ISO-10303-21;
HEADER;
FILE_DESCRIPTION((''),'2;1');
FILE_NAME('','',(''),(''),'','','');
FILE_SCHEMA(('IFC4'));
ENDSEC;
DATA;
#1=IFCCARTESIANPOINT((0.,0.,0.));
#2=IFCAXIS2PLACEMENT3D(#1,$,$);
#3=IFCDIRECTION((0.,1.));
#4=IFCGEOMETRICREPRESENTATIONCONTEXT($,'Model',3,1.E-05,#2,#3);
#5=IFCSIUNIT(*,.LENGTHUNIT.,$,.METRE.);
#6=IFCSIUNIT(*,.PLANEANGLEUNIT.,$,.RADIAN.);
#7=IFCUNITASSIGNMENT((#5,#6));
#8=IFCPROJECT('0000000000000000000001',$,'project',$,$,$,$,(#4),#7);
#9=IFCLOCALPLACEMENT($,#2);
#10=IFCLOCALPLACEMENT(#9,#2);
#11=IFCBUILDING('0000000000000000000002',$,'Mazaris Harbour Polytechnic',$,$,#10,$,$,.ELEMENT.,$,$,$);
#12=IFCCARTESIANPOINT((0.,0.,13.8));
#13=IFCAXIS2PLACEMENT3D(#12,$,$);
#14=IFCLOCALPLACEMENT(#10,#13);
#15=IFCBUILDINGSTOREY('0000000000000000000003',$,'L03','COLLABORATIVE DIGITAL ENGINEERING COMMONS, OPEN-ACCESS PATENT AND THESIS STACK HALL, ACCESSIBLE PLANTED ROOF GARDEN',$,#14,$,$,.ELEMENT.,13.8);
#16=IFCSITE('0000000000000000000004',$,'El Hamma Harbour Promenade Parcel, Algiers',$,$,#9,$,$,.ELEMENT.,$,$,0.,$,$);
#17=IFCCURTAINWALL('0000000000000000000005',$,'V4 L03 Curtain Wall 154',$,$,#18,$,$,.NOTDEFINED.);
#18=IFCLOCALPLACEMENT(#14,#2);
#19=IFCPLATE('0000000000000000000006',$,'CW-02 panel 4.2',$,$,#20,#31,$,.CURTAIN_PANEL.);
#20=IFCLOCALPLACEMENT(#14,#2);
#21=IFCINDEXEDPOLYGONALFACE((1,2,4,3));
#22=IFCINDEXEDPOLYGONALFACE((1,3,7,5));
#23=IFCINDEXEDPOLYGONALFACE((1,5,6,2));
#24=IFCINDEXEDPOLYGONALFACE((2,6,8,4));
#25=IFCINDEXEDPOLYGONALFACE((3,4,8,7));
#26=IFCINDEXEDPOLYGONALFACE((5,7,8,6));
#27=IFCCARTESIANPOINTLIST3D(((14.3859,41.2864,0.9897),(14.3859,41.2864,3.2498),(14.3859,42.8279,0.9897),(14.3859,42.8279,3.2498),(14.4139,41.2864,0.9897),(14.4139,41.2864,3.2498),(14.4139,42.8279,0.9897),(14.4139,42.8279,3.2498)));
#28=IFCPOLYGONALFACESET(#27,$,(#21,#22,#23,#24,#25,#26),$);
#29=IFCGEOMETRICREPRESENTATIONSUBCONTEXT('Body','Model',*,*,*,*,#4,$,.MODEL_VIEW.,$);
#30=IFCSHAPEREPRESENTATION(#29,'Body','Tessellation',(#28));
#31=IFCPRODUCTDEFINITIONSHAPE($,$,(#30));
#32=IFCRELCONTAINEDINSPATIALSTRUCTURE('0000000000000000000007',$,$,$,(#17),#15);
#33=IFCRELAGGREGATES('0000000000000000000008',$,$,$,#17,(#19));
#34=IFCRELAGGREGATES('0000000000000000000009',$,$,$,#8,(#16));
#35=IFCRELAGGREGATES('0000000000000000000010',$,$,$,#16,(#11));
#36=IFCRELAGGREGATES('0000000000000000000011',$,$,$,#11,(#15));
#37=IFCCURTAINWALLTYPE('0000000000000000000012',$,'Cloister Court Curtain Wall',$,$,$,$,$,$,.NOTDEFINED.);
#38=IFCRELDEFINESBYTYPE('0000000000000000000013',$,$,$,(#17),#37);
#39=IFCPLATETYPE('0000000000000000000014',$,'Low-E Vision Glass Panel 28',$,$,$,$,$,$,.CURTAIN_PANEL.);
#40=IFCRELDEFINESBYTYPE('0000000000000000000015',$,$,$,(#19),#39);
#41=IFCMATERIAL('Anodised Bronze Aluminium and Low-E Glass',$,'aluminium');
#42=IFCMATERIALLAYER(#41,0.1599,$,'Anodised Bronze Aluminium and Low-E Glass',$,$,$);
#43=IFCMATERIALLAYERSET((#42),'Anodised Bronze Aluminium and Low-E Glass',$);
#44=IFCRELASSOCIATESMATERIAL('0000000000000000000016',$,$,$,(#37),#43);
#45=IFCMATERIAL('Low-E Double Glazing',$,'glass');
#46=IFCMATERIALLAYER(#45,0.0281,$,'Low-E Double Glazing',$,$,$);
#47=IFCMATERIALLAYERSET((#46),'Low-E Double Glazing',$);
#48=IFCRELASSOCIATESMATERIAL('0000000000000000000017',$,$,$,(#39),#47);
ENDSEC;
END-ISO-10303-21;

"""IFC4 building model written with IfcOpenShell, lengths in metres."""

from ifc_helpers import new_model, si_unit, direction, frame, origin, origin_2d, place, context, subcontext, project, spatial, rectangle, extrude, material, layer, layer_set, type_object, element, aggregate, save


model = new_model("IFC4")

# Units and contexts
model_context = context("Model", 3, precision=1e-05, world=origin(), true_north=direction((0.0, 1.0)))
body_context = subcontext(model_context, "Body", "Model", "MODEL_VIEW")
ifc_project = project(units=[si_unit("LENGTHUNIT", "METRE"), si_unit("PLANEANGLEUNIT", "RADIAN")], contexts=[model_context])

# Site, building, storey
site_placement = place(None, origin())
site = spatial("IfcSite", under=ifc_project, at=site_placement, Name="El Hamma Harbour Promenade Parcel, Algiers", CompositionType="ELEMENT", RefElevation=0.0)
building_placement = place(site_placement, origin())
building = spatial("IfcBuilding", under=site, at=building_placement, Name="Mazaris Harbour Polytechnic", CompositionType="ELEMENT")
storey_placement = place(building_placement, frame((0.0, 0.0, 13.8)))
storey = spatial("IfcBuildingStorey", under=building, at=storey_placement, Name="L03", Description="COLLABORATIVE DIGITAL ENGINEERING COMMONS, OPEN-ACCESS PATENT AND THESIS STACK HALL, ACCESSIBLE PLANTED ROOF GARDEN", CompositionType="ELEMENT", Elevation=13.8)

# Curtain wall
ifc_material_1 = material(Name="Anodised Bronze Aluminium and Low-E Glass", Category="aluminium")
ifc_layer_1 = layer(ifc_material_1, 0.1599, Name="Anodised Bronze Aluminium and Low-E Glass")
ifc_layer_set_1 = layer_set([ifc_layer_1], Name="Anodised Bronze Aluminium and Low-E Glass")
curtain_wall_type = type_object("IfcCurtainWallType", Name="Cloister Court Curtain Wall", PredefinedType="NOTDEFINED", material=ifc_layer_set_1)
curtain_wall_placement = place(storey_placement, origin())
curtain_wall = element("IfcCurtainWall", 1, at=curtain_wall_placement, inside=storey, type_object=curtain_wall_type, Name="V4 L03 Curtain Wall 154", PredefinedType="NOTDEFINED")

# Plate
ifc_material_2 = material(Name="Low-E Double Glazing", Category="glass")
ifc_layer_2 = layer(ifc_material_2, 0.0281, Name="Low-E Double Glazing")
ifc_layer_set_2 = layer_set([ifc_layer_2], Name="Low-E Double Glazing")
plate_type = type_object("IfcPlateType", Name="Low-E Vision Glass Panel 28", PredefinedType="CURTAIN_PANEL", material=ifc_layer_set_2)
plate_1_placement = place(storey_placement, frame((14.3999, 42.0571, 0.9897), z_axis=(0.0, 0.0, 1.0), x_axis=(0.0, 1.0, 0.0)))
plate_1 = element("IfcPlate", 2, at=plate_1_placement, type_object=plate_type, Name="CW-02 panel 4.2", PredefinedType="CURTAIN_PANEL", context=body_context, shape_type="SweptSolid", body=[
    extrude(rectangle(XDim=1.5415, YDim=0.0281, at=origin_2d()), origin(), (0.0, 0.0, 1.0), 2.26),
])
aggregate(curtain_wall, [plate_1])

save(model, "model.ifc")
